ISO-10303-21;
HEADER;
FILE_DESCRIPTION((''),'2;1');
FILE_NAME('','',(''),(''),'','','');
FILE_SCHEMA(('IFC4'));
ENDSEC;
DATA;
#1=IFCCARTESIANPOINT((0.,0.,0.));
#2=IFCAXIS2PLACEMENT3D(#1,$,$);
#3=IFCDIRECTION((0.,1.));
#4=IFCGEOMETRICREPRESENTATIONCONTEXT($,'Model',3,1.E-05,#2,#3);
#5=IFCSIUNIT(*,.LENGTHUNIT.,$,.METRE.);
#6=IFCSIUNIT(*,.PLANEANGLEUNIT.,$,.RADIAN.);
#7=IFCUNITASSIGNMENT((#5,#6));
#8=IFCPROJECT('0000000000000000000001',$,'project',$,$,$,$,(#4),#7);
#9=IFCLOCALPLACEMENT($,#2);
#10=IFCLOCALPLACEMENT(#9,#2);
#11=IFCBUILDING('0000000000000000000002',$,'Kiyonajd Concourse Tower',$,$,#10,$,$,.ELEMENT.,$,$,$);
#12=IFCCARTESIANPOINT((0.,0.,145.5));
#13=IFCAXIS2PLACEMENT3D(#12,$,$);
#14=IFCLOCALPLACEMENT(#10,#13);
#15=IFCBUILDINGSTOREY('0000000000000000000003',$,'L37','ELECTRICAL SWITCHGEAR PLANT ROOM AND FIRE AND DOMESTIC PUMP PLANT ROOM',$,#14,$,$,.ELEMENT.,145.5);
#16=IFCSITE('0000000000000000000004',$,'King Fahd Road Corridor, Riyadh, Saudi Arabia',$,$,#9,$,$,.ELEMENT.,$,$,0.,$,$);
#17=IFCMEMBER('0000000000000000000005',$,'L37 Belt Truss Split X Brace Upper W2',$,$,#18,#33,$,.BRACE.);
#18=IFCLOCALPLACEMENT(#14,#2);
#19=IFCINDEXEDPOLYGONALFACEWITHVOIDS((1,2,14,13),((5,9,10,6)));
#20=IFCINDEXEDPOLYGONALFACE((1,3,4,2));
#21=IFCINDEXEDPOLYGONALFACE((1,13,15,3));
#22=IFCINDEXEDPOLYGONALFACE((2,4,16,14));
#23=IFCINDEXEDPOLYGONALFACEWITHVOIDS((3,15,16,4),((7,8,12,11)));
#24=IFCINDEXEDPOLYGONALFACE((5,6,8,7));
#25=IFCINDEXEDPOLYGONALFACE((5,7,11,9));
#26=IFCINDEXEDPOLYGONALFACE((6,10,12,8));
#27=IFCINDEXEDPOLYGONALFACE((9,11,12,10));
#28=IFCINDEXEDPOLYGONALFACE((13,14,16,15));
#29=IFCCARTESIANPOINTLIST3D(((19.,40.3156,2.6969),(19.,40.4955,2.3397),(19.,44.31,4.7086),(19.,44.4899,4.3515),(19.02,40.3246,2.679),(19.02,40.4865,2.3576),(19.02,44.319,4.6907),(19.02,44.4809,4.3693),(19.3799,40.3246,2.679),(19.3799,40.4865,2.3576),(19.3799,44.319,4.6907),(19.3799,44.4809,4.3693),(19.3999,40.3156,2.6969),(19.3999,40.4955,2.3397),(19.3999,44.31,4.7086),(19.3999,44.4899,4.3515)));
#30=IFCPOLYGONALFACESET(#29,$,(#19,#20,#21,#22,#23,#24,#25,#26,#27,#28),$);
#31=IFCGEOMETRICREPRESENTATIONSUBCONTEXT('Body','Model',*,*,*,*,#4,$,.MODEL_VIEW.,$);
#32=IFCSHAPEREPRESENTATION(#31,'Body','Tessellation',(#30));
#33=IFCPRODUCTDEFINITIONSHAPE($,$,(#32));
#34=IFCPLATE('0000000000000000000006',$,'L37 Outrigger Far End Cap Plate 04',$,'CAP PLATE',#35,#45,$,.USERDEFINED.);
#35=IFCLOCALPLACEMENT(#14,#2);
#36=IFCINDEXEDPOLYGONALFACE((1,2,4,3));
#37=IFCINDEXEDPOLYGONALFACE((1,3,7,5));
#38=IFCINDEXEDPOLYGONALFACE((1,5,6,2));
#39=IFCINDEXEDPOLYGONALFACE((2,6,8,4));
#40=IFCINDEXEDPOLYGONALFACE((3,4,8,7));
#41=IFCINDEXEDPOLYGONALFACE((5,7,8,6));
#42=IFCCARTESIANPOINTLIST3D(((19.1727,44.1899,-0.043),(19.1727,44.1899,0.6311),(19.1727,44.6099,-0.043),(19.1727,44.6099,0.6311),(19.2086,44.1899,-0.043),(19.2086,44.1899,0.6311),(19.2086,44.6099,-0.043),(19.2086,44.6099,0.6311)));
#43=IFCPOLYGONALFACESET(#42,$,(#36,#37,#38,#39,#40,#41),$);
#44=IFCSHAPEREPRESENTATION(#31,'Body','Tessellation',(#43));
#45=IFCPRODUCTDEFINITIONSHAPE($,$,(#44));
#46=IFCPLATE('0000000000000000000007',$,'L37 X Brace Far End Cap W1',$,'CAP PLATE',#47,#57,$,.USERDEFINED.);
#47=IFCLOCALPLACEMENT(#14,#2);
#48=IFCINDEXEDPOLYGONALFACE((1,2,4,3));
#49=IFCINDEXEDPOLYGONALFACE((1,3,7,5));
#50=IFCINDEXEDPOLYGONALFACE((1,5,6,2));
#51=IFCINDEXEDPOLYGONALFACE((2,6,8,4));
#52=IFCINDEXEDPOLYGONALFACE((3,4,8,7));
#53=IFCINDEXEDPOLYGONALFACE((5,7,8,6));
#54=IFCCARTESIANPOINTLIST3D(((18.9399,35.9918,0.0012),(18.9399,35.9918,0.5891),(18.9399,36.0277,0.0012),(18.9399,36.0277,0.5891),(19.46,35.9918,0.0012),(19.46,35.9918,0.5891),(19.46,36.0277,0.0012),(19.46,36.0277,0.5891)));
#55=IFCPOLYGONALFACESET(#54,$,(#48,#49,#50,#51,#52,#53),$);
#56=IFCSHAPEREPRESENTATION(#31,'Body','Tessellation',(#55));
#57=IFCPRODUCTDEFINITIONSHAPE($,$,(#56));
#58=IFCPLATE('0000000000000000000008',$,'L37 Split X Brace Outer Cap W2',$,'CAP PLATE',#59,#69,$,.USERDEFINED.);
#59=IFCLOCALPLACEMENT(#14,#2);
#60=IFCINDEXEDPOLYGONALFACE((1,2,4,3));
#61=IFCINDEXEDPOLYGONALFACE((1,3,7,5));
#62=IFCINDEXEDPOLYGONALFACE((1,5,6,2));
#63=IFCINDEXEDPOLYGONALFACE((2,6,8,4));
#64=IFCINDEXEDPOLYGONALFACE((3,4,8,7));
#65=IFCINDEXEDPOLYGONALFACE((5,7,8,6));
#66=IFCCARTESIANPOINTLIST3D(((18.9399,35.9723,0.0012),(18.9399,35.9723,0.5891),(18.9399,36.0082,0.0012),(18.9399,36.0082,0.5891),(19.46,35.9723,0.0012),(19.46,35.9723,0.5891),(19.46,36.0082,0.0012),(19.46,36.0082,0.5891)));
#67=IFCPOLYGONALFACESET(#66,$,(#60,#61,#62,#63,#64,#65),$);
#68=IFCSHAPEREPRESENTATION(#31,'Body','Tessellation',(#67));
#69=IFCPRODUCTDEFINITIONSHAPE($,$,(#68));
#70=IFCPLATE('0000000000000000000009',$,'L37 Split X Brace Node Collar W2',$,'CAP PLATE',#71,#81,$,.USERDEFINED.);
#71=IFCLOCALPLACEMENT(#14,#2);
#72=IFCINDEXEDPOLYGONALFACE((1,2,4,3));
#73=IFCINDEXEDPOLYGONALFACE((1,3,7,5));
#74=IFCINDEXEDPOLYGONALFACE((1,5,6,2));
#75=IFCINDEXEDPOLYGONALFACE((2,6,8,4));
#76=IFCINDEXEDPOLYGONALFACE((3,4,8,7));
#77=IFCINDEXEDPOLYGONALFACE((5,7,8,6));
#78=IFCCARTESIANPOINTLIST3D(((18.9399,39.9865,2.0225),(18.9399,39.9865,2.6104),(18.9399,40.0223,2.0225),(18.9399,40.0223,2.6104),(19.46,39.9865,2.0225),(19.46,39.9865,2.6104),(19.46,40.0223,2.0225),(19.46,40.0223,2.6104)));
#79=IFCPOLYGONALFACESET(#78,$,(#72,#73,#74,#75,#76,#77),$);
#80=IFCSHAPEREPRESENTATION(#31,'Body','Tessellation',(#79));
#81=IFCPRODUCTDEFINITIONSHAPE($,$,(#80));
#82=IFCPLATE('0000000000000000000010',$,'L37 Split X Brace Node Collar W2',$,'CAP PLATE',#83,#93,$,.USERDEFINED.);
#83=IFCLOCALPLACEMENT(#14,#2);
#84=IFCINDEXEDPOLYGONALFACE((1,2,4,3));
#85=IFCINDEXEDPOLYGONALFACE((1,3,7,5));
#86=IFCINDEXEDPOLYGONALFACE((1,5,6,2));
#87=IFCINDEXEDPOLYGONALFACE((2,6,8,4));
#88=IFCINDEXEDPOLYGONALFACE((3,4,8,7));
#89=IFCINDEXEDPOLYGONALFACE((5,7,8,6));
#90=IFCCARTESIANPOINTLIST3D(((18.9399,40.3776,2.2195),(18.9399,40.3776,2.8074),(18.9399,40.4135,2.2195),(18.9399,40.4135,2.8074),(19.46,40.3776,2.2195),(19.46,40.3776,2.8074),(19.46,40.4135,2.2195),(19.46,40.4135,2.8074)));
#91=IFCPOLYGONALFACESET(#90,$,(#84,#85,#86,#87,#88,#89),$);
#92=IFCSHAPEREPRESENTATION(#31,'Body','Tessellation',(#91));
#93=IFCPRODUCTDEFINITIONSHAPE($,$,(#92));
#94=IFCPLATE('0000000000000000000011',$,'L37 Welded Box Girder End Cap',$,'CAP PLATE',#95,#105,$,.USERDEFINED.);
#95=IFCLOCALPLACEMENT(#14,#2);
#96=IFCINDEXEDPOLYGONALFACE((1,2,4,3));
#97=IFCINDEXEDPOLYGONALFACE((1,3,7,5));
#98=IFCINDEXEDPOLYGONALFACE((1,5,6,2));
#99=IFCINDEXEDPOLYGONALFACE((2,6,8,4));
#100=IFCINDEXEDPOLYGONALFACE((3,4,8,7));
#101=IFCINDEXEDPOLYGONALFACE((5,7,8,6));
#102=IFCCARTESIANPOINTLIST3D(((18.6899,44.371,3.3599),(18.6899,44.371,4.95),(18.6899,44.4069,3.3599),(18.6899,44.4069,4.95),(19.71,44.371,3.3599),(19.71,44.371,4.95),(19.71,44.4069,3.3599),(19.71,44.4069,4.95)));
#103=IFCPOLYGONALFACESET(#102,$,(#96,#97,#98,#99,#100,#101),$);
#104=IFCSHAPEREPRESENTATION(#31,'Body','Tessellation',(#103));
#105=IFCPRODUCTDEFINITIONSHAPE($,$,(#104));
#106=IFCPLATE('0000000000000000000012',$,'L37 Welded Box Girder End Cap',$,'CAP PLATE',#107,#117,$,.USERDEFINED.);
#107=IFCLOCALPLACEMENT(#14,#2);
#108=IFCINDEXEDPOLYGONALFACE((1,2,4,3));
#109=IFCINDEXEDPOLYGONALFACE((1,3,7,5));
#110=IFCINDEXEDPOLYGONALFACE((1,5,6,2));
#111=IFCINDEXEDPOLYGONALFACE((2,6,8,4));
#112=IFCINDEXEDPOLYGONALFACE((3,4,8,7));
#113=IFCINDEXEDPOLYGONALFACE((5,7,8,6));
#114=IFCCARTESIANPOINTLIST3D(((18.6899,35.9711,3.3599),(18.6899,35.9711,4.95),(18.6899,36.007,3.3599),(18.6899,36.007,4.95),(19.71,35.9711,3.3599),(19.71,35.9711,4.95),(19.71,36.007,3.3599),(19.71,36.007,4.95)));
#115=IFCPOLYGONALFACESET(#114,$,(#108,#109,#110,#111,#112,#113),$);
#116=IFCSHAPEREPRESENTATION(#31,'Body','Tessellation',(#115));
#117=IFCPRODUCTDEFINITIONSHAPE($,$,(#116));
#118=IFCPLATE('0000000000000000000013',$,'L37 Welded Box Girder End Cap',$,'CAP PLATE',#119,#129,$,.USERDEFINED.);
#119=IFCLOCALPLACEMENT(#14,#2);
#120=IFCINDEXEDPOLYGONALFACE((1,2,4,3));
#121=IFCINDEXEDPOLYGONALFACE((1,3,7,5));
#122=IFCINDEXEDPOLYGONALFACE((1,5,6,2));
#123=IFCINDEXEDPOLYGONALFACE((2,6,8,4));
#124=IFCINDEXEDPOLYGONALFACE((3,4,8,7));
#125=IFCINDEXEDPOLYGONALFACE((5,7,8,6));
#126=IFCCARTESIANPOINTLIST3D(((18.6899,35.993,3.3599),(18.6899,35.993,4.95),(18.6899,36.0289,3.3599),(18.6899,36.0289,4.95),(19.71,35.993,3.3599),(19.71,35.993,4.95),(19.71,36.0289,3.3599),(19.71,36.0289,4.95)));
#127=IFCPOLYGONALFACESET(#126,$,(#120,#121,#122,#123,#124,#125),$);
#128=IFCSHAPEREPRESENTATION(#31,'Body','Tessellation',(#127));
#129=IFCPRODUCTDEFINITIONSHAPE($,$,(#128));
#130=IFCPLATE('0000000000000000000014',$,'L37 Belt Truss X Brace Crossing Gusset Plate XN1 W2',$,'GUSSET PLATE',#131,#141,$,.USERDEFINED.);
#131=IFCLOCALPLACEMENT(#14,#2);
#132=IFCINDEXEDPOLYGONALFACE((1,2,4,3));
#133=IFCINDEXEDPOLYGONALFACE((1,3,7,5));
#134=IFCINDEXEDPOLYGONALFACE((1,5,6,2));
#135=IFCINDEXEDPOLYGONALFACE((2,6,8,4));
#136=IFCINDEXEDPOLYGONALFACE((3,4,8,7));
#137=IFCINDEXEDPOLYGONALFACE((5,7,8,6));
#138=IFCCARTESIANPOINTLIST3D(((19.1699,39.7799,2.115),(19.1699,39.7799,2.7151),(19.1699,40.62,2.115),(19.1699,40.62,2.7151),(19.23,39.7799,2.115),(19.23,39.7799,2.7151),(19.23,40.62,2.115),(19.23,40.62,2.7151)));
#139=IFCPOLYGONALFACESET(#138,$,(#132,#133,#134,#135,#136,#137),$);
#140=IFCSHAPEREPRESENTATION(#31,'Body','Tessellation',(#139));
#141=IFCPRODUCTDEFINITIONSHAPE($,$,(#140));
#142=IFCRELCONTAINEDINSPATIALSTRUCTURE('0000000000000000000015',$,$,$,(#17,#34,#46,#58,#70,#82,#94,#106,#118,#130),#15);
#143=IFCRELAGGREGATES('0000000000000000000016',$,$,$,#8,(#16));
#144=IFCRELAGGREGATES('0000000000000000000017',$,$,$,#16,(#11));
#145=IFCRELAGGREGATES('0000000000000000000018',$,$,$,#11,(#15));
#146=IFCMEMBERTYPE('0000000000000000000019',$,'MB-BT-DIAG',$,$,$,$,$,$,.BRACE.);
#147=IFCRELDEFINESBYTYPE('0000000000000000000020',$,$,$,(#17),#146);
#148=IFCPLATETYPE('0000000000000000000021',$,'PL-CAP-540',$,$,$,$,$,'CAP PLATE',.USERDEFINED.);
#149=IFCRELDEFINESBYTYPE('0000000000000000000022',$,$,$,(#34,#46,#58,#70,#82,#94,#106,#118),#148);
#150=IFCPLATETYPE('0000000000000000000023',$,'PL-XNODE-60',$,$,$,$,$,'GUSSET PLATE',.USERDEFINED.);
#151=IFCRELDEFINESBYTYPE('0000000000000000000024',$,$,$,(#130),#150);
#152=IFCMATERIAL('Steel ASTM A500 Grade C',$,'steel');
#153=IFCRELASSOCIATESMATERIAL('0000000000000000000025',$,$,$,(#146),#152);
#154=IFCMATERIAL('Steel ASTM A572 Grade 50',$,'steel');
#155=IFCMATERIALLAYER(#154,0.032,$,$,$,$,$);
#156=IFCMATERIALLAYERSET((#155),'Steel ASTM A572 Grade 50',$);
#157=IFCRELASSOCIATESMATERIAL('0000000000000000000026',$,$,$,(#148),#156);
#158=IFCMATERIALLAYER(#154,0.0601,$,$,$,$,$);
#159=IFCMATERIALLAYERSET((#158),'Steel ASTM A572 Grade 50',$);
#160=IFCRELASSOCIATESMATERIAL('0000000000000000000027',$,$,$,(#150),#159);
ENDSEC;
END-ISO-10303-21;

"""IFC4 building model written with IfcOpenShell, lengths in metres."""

from ifc_helpers import new_model, si_unit, direction, frame, origin, origin_2d, place, context, subcontext, project, spatial, rectangle, hollow_rectangle, extrude, material, layer, layer_set, material_profile, profile_set, type_object, element, save


model = new_model("IFC4")

# Units and contexts
model_context = context("Model", 3, precision=1e-05, world=origin(), true_north=direction((0.0, 1.0)))
body_context = subcontext(model_context, "Body", "Model", "MODEL_VIEW")
ifc_project = project(units=[si_unit("LENGTHUNIT", "METRE"), si_unit("PLANEANGLEUNIT", "RADIAN")], contexts=[model_context])

# Site, building, storey
site_placement = place(None, origin())
site = spatial("IfcSite", under=ifc_project, at=site_placement, Name="King Fahd Road Corridor, Riyadh, Saudi Arabia", CompositionType="ELEMENT", RefElevation=0.0)
building_placement = place(site_placement, origin())
building = spatial("IfcBuilding", under=site, at=building_placement, Name="Kiyonajd Concourse Tower", CompositionType="ELEMENT")
storey_placement = place(building_placement, frame((0.0, 0.0, 145.5)))
storey = spatial("IfcBuildingStorey", under=building, at=storey_placement, Name="L37", Description="ELECTRICAL SWITCHGEAR PLANT ROOM AND FIRE AND DOMESTIC PUMP PLANT ROOM", CompositionType="ELEMENT", Elevation=145.5)

# Shared definitions
ifc_material_1 = material(Name="Steel ASTM A572 Grade 50", Category="steel")

# Member
ifc_material_2 = material(Name="Steel ASTM A500 Grade C", Category="steel")
ifc_material_profile_1 = material_profile(ifc_material_2, hollow_rectangle(XDim=0.3999, YDim=0.3999, WallThickness=0.02, at=origin_2d()), Name="HSS-400x400x20")
ifc_profile_set_1 = profile_set([ifc_material_profile_1], Name="Steel ASTM A500 Grade C")
member_type = type_object("IfcMemberType", Name="MB-BT-DIAG", PredefinedType="BRACE", material=ifc_profile_set_1)
for number, where, z_axis, x_axis, name in (
    (1, (19.2, 40.4055, 2.5183), (0.0, 0.893124, 0.44981), (-1.0, 0.0, 0.0), "L37 Belt Truss Split X Brace Upper W2"),
):
    element("IfcMember", number, at=place(storey_placement, frame(where, z_axis=z_axis, x_axis=x_axis)), inside=storey, type_object=member_type, Name=name, PredefinedType="BRACE", context=body_context, shape_type="SweptSolid", body=[
        extrude(hollow_rectangle(XDim=0.3999, YDim=0.3999, WallThickness=0.02, at=origin_2d()), origin(), (0.0, 0.0, 1.0), 4.4724),
    ])

# Plates
ifc_layer_1 = layer(ifc_material_1, 0.032)
ifc_layer_set_1 = layer_set([ifc_layer_1], Name="Steel ASTM A572 Grade 50")
plate_type_1 = type_object("IfcPlateType", Name="PL-CAP-540", ElementType="CAP PLATE", PredefinedType="USERDEFINED", material=ifc_layer_set_1)
plate_1_placement = place(storey_placement, frame((19.1907, 44.3999, -0.043), z_axis=(0.0, 0.0, 1.0), x_axis=(-1.0, 0.0, 0.0)))
element("IfcPlate", 2, at=plate_1_placement, inside=storey, type_object=plate_type_1, Name="L37 Outrigger Far End Cap Plate 04", ObjectType="CAP PLATE", PredefinedType="USERDEFINED", context=body_context, shape_type="SweptSolid", body=[
    extrude(rectangle(XDim=0.0359, YDim=0.4199, at=origin_2d()), origin(), (0.0, 0.0, 1.0), 0.6741),
])
for number, where, z_axis, x_axis, name in (
    (3, (19.2, 36.0098, 0.0012), (0.0, 0.0, 1.0), (0.0, 1.0, 0.0), "L37 X Brace Far End Cap W1"),
    (4, (19.2, 35.9902, 0.0012), (0.0, 0.0, 1.0), (0.0, -1.0, 0.0), "L37 Split X Brace Outer Cap W2"),
    (5, (19.2, 40.0044, 2.0225), (0.0, 0.0, 1.0), (0.0, 1.0, 0.0), "L37 Split X Brace Node Collar W2"),
    (6, (19.2, 40.3955, 2.2195), (0.0, 0.0, 1.0), (0.0, -1.0, 0.0), "L37 Split X Brace Node Collar W2"),
):
    element("IfcPlate", number, at=place(storey_placement, frame(where, z_axis=z_axis, x_axis=x_axis)), inside=storey, type_object=plate_type_1, Name=name, ObjectType="CAP PLATE", PredefinedType="USERDEFINED", context=body_context, shape_type="SweptSolid", body=[
        extrude(rectangle(XDim=0.0359, YDim=0.52, at=origin_2d()), origin(), (0.0, 0.0, 1.0), 0.5879),
    ])
for number, where, z_axis, x_axis, name in (
    (7, (19.2, 44.3889, 3.3599), (0.0, 0.0, 1.0), (0.0, -1.0, 0.0), "L37 Welded Box Girder End Cap"),
    (8, (19.2, 35.989, 3.3599), (0.0, 0.0, 1.0), (0.0, -1.0, 0.0), "L37 Welded Box Girder End Cap"),
    (9, (19.2, 36.011, 3.3599), (0.0, 0.0, 1.0), (0.0, 1.0, 0.0), "L37 Welded Box Girder End Cap"),
):
    element("IfcPlate", number, at=place(storey_placement, frame(where, z_axis=z_axis, x_axis=x_axis)), inside=storey, type_object=plate_type_1, Name=name, ObjectType="CAP PLATE", PredefinedType="USERDEFINED", context=body_context, shape_type="SweptSolid", body=[
        extrude(rectangle(XDim=0.0359, YDim=1.02, at=origin_2d()), origin(), (0.0, 0.0, 1.0), 1.5901),
    ])
ifc_layer_2 = layer(ifc_material_1, 0.0601)
ifc_layer_set_2 = layer_set([ifc_layer_2], Name="Steel ASTM A572 Grade 50")
plate_type_2 = type_object("IfcPlateType", Name="PL-XNODE-60", ElementType="GUSSET PLATE", PredefinedType="USERDEFINED", material=ifc_layer_set_2)
plate_2_placement = place(storey_placement, frame((19.2, 40.2, 2.115), z_axis=(0.0, 0.0, 1.0), x_axis=(1.0, 0.0, 0.0)))
element("IfcPlate", 10, at=plate_2_placement, inside=storey, type_object=plate_type_2, Name="L37 Belt Truss X Brace Crossing Gusset Plate XN1 W2", ObjectType="GUSSET PLATE", PredefinedType="USERDEFINED", context=body_context, shape_type="SweptSolid", body=[
    extrude(rectangle(XDim=0.0601, YDim=0.8401, at=origin_2d()), origin(), (0.0, 0.0, 1.0), 0.6001),
])

save(model, "model.ifc")
